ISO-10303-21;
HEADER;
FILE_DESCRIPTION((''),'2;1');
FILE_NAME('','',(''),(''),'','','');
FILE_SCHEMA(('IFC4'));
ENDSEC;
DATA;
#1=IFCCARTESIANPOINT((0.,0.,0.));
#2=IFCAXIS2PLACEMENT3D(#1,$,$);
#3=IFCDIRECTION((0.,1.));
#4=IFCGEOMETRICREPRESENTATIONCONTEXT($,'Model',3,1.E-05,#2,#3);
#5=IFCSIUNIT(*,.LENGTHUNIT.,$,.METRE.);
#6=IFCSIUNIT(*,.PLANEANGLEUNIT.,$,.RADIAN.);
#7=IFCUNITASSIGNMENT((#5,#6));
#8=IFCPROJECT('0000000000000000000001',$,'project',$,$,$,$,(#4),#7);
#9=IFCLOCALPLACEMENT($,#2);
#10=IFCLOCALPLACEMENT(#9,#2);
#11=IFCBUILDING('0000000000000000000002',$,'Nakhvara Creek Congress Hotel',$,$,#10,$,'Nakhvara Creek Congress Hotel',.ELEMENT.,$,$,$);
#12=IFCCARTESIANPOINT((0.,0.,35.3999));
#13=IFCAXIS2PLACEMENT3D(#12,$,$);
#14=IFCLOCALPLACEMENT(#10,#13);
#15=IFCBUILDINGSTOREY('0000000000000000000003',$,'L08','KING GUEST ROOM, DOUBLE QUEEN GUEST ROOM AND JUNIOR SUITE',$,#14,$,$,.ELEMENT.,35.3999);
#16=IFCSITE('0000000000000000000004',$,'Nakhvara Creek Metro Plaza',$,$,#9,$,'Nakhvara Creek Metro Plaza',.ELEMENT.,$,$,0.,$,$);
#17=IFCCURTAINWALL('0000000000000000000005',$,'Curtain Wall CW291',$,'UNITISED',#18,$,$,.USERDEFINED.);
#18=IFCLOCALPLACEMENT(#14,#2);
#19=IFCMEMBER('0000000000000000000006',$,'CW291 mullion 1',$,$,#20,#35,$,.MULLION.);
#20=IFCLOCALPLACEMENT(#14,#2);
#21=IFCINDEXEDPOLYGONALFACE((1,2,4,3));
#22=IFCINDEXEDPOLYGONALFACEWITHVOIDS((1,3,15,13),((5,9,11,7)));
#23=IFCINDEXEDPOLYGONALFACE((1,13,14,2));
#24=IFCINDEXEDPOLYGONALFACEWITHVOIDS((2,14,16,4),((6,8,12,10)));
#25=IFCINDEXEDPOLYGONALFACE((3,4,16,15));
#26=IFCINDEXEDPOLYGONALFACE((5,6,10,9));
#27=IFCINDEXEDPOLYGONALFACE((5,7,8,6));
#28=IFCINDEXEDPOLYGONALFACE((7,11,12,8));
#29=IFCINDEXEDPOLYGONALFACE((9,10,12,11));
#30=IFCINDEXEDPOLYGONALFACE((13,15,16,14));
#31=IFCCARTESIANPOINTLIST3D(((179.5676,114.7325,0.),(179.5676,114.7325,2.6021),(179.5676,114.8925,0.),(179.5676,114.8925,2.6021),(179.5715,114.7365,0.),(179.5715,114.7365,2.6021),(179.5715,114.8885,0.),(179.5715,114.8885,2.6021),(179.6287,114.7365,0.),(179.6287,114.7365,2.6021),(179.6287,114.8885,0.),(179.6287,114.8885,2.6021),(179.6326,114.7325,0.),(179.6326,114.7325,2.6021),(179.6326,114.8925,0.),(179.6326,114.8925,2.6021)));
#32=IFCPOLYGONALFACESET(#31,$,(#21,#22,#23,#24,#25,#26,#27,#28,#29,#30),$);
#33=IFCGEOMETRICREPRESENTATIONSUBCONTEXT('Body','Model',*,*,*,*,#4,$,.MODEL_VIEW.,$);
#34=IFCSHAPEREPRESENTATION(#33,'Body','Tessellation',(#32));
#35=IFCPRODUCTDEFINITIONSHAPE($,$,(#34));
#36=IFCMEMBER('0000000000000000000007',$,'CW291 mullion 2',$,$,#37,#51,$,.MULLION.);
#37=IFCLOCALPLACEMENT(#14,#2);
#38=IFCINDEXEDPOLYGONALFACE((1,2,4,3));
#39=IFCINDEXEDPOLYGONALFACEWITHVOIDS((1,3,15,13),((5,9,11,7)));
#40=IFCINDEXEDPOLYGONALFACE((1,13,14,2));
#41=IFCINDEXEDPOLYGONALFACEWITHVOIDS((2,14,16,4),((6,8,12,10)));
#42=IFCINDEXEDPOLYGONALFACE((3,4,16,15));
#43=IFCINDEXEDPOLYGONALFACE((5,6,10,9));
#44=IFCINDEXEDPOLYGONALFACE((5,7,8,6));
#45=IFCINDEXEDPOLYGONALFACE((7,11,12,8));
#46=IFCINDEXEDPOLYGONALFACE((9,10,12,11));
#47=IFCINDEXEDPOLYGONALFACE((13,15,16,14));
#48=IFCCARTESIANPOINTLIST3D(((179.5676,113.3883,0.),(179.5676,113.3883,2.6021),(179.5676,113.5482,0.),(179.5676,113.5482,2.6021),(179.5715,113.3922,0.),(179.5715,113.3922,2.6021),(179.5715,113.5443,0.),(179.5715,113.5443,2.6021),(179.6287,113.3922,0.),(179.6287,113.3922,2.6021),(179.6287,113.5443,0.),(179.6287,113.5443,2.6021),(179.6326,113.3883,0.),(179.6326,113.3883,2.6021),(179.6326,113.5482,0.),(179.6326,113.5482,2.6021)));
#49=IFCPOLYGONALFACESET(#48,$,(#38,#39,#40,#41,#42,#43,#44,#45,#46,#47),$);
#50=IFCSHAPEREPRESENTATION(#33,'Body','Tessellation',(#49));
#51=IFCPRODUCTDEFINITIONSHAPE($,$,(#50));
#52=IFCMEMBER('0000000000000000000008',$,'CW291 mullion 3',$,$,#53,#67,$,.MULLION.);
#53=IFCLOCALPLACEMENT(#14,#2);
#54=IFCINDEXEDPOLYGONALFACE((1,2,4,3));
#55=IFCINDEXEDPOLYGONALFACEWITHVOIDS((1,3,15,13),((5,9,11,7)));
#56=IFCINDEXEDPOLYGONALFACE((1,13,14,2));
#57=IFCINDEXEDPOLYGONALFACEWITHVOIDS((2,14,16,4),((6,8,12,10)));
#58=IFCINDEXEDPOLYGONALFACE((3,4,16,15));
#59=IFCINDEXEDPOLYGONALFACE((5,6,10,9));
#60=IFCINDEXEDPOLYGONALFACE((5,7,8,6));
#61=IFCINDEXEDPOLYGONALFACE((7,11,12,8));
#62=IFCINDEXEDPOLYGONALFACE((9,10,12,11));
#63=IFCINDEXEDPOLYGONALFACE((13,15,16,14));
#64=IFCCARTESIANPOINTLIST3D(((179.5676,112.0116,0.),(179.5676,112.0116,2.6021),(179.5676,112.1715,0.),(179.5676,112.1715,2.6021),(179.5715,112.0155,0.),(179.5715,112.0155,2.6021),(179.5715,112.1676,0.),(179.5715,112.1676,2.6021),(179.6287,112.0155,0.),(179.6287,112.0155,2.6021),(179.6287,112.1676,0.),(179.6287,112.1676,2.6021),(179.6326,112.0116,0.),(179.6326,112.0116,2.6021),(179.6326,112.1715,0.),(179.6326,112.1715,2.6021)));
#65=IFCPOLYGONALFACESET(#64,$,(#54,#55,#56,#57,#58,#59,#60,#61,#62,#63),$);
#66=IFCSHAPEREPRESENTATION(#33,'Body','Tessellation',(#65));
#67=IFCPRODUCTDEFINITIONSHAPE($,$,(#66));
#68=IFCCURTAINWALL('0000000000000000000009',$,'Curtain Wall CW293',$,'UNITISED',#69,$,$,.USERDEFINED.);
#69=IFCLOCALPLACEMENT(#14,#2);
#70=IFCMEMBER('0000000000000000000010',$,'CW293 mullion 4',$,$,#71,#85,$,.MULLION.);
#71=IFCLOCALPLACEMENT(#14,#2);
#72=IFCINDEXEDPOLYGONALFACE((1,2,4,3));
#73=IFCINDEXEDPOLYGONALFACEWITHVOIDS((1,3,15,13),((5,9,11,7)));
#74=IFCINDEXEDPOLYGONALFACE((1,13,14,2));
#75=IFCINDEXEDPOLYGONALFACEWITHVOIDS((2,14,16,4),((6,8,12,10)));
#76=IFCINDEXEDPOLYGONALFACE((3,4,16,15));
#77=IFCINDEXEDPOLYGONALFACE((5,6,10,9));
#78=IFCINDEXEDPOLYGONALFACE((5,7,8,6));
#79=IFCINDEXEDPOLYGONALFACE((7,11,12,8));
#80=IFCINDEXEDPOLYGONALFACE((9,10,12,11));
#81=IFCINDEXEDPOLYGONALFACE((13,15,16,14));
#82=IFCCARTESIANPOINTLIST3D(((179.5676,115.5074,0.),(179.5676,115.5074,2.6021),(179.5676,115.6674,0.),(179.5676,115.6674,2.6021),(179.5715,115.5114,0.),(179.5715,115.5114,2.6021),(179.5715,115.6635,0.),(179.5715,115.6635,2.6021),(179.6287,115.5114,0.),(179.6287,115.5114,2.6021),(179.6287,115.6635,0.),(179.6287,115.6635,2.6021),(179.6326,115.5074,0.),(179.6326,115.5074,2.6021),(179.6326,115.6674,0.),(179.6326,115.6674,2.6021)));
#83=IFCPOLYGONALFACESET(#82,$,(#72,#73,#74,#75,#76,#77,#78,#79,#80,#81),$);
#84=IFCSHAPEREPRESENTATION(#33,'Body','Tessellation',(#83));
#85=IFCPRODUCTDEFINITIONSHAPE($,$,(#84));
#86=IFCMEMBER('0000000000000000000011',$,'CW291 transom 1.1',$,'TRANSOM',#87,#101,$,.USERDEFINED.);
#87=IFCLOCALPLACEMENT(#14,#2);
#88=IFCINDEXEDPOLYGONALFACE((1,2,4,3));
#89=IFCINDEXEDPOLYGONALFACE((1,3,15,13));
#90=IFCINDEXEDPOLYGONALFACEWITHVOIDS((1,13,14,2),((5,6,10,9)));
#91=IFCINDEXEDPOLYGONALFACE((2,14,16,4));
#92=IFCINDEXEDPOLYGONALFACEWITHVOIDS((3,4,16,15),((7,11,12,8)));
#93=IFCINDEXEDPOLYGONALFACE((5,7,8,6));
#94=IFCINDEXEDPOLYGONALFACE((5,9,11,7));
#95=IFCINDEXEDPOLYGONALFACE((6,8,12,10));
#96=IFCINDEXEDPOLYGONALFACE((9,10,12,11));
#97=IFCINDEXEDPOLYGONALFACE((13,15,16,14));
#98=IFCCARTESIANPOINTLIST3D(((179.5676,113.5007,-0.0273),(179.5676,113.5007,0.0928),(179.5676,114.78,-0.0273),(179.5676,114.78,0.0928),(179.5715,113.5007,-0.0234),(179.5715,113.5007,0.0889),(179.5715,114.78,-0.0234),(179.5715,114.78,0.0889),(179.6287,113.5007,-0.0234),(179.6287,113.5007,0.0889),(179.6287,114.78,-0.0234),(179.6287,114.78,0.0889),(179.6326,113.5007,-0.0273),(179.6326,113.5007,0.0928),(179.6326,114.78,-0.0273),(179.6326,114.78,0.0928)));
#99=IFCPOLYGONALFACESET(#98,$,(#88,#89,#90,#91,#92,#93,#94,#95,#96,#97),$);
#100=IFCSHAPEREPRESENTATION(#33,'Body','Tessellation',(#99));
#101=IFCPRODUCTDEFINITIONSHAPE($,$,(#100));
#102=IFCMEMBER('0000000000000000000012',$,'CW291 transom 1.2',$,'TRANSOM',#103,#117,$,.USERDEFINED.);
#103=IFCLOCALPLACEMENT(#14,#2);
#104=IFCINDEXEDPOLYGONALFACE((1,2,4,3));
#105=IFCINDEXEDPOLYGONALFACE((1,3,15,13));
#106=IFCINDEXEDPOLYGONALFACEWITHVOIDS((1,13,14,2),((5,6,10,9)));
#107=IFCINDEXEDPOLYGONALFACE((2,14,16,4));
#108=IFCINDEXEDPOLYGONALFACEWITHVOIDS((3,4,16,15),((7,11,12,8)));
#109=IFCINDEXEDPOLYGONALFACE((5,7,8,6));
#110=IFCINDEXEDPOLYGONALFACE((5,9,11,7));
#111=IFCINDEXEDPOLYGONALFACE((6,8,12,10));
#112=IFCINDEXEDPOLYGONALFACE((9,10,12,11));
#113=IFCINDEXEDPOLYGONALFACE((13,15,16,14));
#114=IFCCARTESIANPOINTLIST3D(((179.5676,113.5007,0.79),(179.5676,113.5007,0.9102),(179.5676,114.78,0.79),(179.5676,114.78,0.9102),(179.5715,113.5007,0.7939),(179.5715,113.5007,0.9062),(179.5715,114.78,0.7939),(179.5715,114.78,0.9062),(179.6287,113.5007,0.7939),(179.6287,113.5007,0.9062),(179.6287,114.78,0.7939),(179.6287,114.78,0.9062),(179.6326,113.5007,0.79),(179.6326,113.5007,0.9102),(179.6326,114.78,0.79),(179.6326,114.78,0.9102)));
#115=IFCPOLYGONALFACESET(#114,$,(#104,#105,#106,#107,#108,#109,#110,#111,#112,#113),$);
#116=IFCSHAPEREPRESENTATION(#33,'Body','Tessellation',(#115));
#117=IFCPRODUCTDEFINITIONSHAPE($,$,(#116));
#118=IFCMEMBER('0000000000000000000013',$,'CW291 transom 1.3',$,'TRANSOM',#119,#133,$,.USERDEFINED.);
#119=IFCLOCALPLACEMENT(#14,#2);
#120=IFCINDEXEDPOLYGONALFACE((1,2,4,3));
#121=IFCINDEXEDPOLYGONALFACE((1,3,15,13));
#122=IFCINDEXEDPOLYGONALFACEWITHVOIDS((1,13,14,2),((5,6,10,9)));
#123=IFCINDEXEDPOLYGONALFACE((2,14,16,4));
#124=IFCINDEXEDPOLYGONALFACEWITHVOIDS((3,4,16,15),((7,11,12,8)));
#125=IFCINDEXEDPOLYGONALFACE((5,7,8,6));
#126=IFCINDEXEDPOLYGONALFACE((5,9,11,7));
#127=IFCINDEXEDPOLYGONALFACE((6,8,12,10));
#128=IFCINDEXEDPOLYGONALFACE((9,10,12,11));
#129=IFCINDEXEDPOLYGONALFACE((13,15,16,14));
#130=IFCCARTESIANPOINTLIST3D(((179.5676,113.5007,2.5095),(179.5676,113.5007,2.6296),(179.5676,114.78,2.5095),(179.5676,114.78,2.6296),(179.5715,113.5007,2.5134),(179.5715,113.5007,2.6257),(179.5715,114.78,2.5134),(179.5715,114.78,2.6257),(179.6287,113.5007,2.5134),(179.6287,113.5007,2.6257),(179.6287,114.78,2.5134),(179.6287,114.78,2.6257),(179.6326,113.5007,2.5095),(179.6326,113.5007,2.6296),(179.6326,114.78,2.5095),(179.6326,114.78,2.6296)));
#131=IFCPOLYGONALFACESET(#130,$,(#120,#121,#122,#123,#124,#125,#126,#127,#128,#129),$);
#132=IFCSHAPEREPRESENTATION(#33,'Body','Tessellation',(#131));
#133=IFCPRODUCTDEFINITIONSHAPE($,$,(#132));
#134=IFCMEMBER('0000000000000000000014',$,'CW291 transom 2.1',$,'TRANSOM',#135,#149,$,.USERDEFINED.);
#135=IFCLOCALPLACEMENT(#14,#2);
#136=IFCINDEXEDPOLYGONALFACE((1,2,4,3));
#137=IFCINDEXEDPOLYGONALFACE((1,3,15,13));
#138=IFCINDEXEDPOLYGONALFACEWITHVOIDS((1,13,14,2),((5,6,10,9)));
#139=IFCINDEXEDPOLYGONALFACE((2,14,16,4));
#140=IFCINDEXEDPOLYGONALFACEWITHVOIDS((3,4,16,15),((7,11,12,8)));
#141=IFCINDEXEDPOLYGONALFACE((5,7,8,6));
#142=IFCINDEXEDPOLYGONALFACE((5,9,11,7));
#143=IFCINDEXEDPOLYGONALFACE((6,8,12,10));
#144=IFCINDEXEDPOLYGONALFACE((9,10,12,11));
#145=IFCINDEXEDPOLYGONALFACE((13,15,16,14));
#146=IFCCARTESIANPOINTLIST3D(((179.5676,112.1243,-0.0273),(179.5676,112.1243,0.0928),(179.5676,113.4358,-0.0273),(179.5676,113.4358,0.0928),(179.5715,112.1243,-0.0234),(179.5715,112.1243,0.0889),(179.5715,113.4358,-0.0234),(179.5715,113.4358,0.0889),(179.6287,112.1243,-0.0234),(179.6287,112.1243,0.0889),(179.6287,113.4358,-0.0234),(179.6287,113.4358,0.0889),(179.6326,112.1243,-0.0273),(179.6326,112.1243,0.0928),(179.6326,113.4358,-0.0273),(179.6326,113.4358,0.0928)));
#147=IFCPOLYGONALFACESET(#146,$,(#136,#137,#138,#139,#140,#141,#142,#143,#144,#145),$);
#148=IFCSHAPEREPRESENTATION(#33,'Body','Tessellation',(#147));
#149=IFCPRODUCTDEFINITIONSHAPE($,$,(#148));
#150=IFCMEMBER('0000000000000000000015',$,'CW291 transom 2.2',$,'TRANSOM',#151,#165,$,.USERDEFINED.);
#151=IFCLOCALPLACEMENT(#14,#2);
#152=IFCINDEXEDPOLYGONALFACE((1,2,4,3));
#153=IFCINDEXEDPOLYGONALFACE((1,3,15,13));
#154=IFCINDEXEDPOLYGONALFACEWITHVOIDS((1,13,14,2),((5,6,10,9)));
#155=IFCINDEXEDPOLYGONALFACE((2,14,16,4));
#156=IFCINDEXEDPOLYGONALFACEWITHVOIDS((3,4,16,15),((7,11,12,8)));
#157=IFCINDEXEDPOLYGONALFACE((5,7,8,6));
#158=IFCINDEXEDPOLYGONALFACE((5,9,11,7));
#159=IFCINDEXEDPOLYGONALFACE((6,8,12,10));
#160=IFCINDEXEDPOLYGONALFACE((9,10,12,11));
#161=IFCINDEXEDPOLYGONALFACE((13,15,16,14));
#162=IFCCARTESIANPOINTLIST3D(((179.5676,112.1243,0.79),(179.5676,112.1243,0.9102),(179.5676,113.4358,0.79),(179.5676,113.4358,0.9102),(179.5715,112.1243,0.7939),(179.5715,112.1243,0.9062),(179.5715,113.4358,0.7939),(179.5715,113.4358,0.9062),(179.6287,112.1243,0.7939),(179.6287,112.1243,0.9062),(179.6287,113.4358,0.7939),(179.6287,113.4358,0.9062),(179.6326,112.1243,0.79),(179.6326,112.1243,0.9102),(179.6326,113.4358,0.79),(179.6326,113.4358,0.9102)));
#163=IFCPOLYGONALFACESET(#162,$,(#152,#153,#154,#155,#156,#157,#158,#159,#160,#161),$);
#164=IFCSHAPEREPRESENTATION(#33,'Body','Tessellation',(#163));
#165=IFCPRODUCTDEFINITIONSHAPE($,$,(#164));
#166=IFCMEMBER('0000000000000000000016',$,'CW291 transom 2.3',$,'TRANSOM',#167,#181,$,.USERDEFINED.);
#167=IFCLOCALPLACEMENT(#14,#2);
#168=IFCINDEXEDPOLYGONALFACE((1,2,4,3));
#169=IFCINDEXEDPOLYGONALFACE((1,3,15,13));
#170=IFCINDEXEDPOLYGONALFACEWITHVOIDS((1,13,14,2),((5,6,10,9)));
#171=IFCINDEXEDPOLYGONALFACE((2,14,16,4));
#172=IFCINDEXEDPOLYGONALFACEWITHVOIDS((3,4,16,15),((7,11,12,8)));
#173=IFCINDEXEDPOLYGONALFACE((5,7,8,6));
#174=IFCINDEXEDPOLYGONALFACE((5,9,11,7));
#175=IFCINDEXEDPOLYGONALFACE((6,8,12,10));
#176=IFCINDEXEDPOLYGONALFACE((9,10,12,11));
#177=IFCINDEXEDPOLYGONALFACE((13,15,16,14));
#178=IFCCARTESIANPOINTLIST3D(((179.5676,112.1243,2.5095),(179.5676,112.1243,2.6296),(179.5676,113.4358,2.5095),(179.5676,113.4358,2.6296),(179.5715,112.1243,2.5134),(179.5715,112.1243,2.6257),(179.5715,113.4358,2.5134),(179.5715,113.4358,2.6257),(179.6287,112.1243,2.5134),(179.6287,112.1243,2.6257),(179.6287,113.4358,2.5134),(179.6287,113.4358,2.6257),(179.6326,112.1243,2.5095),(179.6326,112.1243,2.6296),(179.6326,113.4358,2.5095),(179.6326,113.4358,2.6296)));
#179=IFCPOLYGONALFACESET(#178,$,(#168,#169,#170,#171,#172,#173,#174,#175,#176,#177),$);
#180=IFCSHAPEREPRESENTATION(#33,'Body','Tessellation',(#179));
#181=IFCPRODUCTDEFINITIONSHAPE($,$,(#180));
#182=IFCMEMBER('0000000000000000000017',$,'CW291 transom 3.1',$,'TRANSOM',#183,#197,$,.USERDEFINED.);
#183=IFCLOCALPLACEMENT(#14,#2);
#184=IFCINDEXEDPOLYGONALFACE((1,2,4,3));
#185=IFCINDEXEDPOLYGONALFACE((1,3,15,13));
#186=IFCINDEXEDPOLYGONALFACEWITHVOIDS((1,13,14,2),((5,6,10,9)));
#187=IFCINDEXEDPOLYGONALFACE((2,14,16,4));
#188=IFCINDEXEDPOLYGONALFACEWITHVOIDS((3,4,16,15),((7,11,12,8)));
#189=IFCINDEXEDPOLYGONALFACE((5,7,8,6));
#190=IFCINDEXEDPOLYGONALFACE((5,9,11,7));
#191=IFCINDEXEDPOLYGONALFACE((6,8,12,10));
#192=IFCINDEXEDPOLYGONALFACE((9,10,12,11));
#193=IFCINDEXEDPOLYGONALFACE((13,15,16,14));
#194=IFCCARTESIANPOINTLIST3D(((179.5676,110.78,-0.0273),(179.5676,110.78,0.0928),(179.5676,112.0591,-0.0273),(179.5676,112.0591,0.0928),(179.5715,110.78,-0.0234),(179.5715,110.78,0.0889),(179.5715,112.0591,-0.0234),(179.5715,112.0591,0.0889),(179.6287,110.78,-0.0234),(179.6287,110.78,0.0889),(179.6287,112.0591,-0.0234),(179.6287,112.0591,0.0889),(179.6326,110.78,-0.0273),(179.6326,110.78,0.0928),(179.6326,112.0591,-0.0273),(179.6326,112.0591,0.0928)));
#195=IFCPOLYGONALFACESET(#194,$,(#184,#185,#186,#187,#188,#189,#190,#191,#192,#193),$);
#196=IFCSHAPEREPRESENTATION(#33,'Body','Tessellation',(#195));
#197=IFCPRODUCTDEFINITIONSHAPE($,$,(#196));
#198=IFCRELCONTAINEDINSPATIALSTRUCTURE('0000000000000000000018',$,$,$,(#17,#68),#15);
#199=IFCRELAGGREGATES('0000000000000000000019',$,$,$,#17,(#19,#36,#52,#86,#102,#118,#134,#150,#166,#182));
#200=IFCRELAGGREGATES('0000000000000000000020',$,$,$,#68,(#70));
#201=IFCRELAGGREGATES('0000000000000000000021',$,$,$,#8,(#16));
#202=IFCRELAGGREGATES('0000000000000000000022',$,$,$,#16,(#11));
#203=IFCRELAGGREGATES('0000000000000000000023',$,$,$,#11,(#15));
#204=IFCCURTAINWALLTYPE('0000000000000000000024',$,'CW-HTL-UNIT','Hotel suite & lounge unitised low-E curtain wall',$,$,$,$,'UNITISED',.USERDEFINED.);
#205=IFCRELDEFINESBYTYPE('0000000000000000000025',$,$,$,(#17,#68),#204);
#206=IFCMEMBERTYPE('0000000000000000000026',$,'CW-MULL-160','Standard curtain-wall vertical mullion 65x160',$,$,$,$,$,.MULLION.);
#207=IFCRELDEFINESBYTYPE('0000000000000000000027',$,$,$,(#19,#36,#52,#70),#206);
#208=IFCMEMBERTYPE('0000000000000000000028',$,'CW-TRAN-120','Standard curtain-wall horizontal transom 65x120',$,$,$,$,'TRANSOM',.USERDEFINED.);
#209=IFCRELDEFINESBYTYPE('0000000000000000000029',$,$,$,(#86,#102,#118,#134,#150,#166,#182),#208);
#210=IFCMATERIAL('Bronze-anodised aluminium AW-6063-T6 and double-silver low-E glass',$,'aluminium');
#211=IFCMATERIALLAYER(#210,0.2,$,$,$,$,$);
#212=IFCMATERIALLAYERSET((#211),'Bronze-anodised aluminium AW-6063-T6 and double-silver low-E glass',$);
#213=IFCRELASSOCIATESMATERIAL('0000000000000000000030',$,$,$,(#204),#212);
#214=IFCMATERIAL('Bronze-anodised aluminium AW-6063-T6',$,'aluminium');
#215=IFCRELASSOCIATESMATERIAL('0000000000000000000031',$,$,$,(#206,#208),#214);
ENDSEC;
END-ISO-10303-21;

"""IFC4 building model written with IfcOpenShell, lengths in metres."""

from ifc_helpers import new_model, si_unit, direction, frame, origin, origin_2d, place, context, subcontext, project, spatial, hollow_rectangle, extrude, material, layer, layer_set, material_profile, profile_set, type_object, element, aggregate, save


model = new_model("IFC4")

# Units and contexts
model_context = context("Model", 3, precision=1e-05, world=origin(), true_north=direction((0.0, 1.0)))
body_context = subcontext(model_context, "Body", "Model", "MODEL_VIEW")
ifc_project = project(units=[si_unit("LENGTHUNIT", "METRE"), si_unit("PLANEANGLEUNIT", "RADIAN")], contexts=[model_context])

# Site, building, storey
site_placement = place(None, origin())
site = spatial("IfcSite", under=ifc_project, at=site_placement, Name="Nakhvara Creek Metro Plaza", LongName="Nakhvara Creek Metro Plaza", CompositionType="ELEMENT", RefElevation=0.0)
building_placement = place(site_placement, origin())
building = spatial("IfcBuilding", under=site, at=building_placement, Name="Nakhvara Creek Congress Hotel", LongName="Nakhvara Creek Congress Hotel", CompositionType="ELEMENT")
storey_placement = place(building_placement, frame((0.0, 0.0, 35.3999)))
storey = spatial("IfcBuildingStorey", under=building, at=storey_placement, Name="L08", Description="KING GUEST ROOM, DOUBLE QUEEN GUEST ROOM AND JUNIOR SUITE", CompositionType="ELEMENT", Elevation=35.3999)

# Curtain wall, members
ifc_material_1 = material(Name="Bronze-anodised aluminium AW-6063-T6 and double-silver low-E glass", Category="aluminium")
ifc_layer_1 = layer(ifc_material_1, 0.2)
ifc_layer_set_1 = layer_set([ifc_layer_1], Name="Bronze-anodised aluminium AW-6063-T6 and double-silver low-E glass")
curtain_wall_type = type_object("IfcCurtainWallType", Name="CW-HTL-UNIT", Description="Hotel suite & lounge unitised low-E curtain wall", ElementType="UNITISED", PredefinedType="USERDEFINED", material=ifc_layer_set_1)
curtain_wall_1_placement = place(storey_placement, origin())
curtain_wall_1 = element("IfcCurtainWall", 1, at=curtain_wall_1_placement, inside=storey, type_object=curtain_wall_type, Name="Curtain Wall CW291", ObjectType="UNITISED", PredefinedType="USERDEFINED")
ifc_material_2 = material(Name="Bronze-anodised aluminium AW-6063-T6", Category="aluminium")
ifc_material_profile_1 = material_profile(ifc_material_2, hollow_rectangle(XDim=0.0649, YDim=0.1599, WallThickness=0.0039, at=origin_2d()), Name="ALU-MULL 65x160x4", Category="LoadBearing")
ifc_profile_set_1 = profile_set([ifc_material_profile_1], Name="Bronze-anodised aluminium AW-6063-T6")
member_type_1 = type_object("IfcMemberType", Name="CW-MULL-160", Description="Standard curtain-wall vertical mullion 65x160", PredefinedType="MULLION", material=ifc_profile_set_1)
member_1_placement = place(storey_placement, frame((179.6001, 114.8125, 0.0), z_axis=(0.0, 0.0, 1.0), x_axis=(1.0, 0.0, 0.0)))
member_1 = element("IfcMember", 2, at=member_1_placement, type_object=member_type_1, Name="CW291 mullion 1", PredefinedType="MULLION", context=body_context, shape_type="SweptSolid", body=[
    extrude(hollow_rectangle(XDim=0.0649, YDim=0.1599, WallThickness=0.0039, at=origin_2d()), origin(), (0.0, 0.0, 1.0), 2.6021),
])
member_2_placement = place(storey_placement, frame((179.6001, 113.4683, 0.0), z_axis=(0.0, 0.0, 1.0), x_axis=(1.0, 0.0, 0.0)))
member_2 = element("IfcMember", 3, at=member_2_placement, type_object=member_type_1, Name="CW291 mullion 2", PredefinedType="MULLION", context=body_context, shape_type="SweptSolid", body=[
    extrude(hollow_rectangle(XDim=0.0649, YDim=0.1599, WallThickness=0.0039, at=origin_2d()), origin(), (0.0, 0.0, 1.0), 2.6021),
])
member_3_placement = place(storey_placement, frame((179.6001, 112.0916, 0.0), z_axis=(0.0, 0.0, 1.0), x_axis=(1.0, 0.0, 0.0)))
member_3 = element("IfcMember", 4, at=member_3_placement, type_object=member_type_1, Name="CW291 mullion 3", PredefinedType="MULLION", context=body_context, shape_type="SweptSolid", body=[
    extrude(hollow_rectangle(XDim=0.0649, YDim=0.1599, WallThickness=0.0039, at=origin_2d()), origin(), (0.0, 0.0, 1.0), 2.6021),
])

# Curtain wall, member
curtain_wall_2_placement = place(storey_placement, origin())
curtain_wall_2 = element("IfcCurtainWall", 5, at=curtain_wall_2_placement, inside=storey, type_object=curtain_wall_type, Name="Curtain Wall CW293", ObjectType="UNITISED", PredefinedType="USERDEFINED")
member_4_placement = place(storey_placement, frame((179.6001, 115.5874, 0.0), z_axis=(0.0, 0.0, 1.0), x_axis=(1.0, 0.0, 0.0)))
member_4 = element("IfcMember", 6, at=member_4_placement, type_object=member_type_1, Name="CW293 mullion 4", PredefinedType="MULLION", context=body_context, shape_type="SweptSolid", body=[
    extrude(hollow_rectangle(XDim=0.0649, YDim=0.1599, WallThickness=0.0039, at=origin_2d()), origin(), (0.0, 0.0, 1.0), 2.6021),
])

# Members
ifc_material_profile_2 = material_profile(ifc_material_2, hollow_rectangle(XDim=0.0649, YDim=0.1201, WallThickness=0.0039, at=origin_2d()), Name="ALU-TRAN 65x120x4", Category="LoadBearing")
ifc_profile_set_2 = profile_set([ifc_material_profile_2], Name="Bronze-anodised aluminium AW-6063-T6")
member_type_2 = type_object("IfcMemberType", Name="CW-TRAN-120", Description="Standard curtain-wall horizontal transom 65x120", ElementType="TRANSOM", PredefinedType="USERDEFINED", material=ifc_profile_set_2)
member_5_placement = place(storey_placement, frame((179.6001, 114.78, 0.0327), z_axis=(0.0, -1.0, 0.0), x_axis=(1.0, 0.0, 0.0)))
member_5 = element("IfcMember", 7, at=member_5_placement, type_object=member_type_2, Name="CW291 transom 1.1", ObjectType="TRANSOM", PredefinedType="USERDEFINED", context=body_context, shape_type="SweptSolid", body=[
    extrude(hollow_rectangle(XDim=0.0649, YDim=0.1201, WallThickness=0.0039, at=origin_2d()), origin(), (0.0, 0.0, 1.0), 1.2793),
])
member_6_placement = place(storey_placement, frame((179.6001, 114.78, 0.8501), z_axis=(0.0, -1.0, 0.0), x_axis=(1.0, 0.0, 0.0)))
member_6 = element("IfcMember", 8, at=member_6_placement, type_object=member_type_2, Name="CW291 transom 1.2", ObjectType="TRANSOM", PredefinedType="USERDEFINED", context=body_context, shape_type="SweptSolid", body=[
    extrude(hollow_rectangle(XDim=0.0649, YDim=0.1201, WallThickness=0.0039, at=origin_2d()), origin(), (0.0, 0.0, 1.0), 1.2793),
])
member_7_placement = place(storey_placement, frame((179.6001, 114.78, 2.5696), z_axis=(0.0, -1.0, 0.0), x_axis=(1.0, 0.0, 0.0)))
member_7 = element("IfcMember", 9, at=member_7_placement, type_object=member_type_2, Name="CW291 transom 1.3", ObjectType="TRANSOM", PredefinedType="USERDEFINED", context=body_context, shape_type="SweptSolid", body=[
    extrude(hollow_rectangle(XDim=0.0649, YDim=0.1201, WallThickness=0.0039, at=origin_2d()), origin(), (0.0, 0.0, 1.0), 1.2793),
])
member_8_placement = place(storey_placement, frame((179.6001, 113.4358, 0.0327), z_axis=(0.0, -1.0, 0.0), x_axis=(1.0, 0.0, 0.0)))
member_8 = element("IfcMember", 10, at=member_8_placement, type_object=member_type_2, Name="CW291 transom 2.1", ObjectType="TRANSOM", PredefinedType="USERDEFINED", context=body_context, shape_type="SweptSolid", body=[
    extrude(hollow_rectangle(XDim=0.0649, YDim=0.1201, WallThickness=0.0039, at=origin_2d()), origin(), (0.0, 0.0, 1.0), 1.3115),
])
member_9_placement = place(storey_placement, frame((179.6001, 113.4358, 0.8501), z_axis=(0.0, -1.0, 0.0), x_axis=(1.0, 0.0, 0.0)))
member_9 = element("IfcMember", 11, at=member_9_placement, type_object=member_type_2, Name="CW291 transom 2.2", ObjectType="TRANSOM", PredefinedType="USERDEFINED", context=body_context, shape_type="SweptSolid", body=[
    extrude(hollow_rectangle(XDim=0.0649, YDim=0.1201, WallThickness=0.0039, at=origin_2d()), origin(), (0.0, 0.0, 1.0), 1.3115),
])
member_10_placement = place(storey_placement, frame((179.6001, 113.4358, 2.5696), z_axis=(0.0, -1.0, 0.0), x_axis=(1.0, 0.0, 0.0)))
member_10 = element("IfcMember", 12, at=member_10_placement, type_object=member_type_2, Name="CW291 transom 2.3", ObjectType="TRANSOM", PredefinedType="USERDEFINED", context=body_context, shape_type="SweptSolid", body=[
    extrude(hollow_rectangle(XDim=0.0649, YDim=0.1201, WallThickness=0.0039, at=origin_2d()), origin(), (0.0, 0.0, 1.0), 1.3115),
])
member_11_placement = place(storey_placement, frame((179.6001, 112.0591, 0.0327), z_axis=(0.0, -1.0, 0.0), x_axis=(1.0, 0.0, 0.0)))
member_11 = element("IfcMember", 13, at=member_11_placement, type_object=member_type_2, Name="CW291 transom 3.1", ObjectType="TRANSOM", PredefinedType="USERDEFINED", context=body_context, shape_type="SweptSolid", body=[
    extrude(hollow_rectangle(XDim=0.0649, YDim=0.1201, WallThickness=0.0039, at=origin_2d()), origin(), (0.0, 0.0, 1.0), 1.2791),
])

aggregate(curtain_wall_1, [member_1, member_2, member_3, member_5, member_6, member_7, member_8, member_9, member_10, member_11])
aggregate(curtain_wall_2, [member_4])

save(model, "model.ifc")
